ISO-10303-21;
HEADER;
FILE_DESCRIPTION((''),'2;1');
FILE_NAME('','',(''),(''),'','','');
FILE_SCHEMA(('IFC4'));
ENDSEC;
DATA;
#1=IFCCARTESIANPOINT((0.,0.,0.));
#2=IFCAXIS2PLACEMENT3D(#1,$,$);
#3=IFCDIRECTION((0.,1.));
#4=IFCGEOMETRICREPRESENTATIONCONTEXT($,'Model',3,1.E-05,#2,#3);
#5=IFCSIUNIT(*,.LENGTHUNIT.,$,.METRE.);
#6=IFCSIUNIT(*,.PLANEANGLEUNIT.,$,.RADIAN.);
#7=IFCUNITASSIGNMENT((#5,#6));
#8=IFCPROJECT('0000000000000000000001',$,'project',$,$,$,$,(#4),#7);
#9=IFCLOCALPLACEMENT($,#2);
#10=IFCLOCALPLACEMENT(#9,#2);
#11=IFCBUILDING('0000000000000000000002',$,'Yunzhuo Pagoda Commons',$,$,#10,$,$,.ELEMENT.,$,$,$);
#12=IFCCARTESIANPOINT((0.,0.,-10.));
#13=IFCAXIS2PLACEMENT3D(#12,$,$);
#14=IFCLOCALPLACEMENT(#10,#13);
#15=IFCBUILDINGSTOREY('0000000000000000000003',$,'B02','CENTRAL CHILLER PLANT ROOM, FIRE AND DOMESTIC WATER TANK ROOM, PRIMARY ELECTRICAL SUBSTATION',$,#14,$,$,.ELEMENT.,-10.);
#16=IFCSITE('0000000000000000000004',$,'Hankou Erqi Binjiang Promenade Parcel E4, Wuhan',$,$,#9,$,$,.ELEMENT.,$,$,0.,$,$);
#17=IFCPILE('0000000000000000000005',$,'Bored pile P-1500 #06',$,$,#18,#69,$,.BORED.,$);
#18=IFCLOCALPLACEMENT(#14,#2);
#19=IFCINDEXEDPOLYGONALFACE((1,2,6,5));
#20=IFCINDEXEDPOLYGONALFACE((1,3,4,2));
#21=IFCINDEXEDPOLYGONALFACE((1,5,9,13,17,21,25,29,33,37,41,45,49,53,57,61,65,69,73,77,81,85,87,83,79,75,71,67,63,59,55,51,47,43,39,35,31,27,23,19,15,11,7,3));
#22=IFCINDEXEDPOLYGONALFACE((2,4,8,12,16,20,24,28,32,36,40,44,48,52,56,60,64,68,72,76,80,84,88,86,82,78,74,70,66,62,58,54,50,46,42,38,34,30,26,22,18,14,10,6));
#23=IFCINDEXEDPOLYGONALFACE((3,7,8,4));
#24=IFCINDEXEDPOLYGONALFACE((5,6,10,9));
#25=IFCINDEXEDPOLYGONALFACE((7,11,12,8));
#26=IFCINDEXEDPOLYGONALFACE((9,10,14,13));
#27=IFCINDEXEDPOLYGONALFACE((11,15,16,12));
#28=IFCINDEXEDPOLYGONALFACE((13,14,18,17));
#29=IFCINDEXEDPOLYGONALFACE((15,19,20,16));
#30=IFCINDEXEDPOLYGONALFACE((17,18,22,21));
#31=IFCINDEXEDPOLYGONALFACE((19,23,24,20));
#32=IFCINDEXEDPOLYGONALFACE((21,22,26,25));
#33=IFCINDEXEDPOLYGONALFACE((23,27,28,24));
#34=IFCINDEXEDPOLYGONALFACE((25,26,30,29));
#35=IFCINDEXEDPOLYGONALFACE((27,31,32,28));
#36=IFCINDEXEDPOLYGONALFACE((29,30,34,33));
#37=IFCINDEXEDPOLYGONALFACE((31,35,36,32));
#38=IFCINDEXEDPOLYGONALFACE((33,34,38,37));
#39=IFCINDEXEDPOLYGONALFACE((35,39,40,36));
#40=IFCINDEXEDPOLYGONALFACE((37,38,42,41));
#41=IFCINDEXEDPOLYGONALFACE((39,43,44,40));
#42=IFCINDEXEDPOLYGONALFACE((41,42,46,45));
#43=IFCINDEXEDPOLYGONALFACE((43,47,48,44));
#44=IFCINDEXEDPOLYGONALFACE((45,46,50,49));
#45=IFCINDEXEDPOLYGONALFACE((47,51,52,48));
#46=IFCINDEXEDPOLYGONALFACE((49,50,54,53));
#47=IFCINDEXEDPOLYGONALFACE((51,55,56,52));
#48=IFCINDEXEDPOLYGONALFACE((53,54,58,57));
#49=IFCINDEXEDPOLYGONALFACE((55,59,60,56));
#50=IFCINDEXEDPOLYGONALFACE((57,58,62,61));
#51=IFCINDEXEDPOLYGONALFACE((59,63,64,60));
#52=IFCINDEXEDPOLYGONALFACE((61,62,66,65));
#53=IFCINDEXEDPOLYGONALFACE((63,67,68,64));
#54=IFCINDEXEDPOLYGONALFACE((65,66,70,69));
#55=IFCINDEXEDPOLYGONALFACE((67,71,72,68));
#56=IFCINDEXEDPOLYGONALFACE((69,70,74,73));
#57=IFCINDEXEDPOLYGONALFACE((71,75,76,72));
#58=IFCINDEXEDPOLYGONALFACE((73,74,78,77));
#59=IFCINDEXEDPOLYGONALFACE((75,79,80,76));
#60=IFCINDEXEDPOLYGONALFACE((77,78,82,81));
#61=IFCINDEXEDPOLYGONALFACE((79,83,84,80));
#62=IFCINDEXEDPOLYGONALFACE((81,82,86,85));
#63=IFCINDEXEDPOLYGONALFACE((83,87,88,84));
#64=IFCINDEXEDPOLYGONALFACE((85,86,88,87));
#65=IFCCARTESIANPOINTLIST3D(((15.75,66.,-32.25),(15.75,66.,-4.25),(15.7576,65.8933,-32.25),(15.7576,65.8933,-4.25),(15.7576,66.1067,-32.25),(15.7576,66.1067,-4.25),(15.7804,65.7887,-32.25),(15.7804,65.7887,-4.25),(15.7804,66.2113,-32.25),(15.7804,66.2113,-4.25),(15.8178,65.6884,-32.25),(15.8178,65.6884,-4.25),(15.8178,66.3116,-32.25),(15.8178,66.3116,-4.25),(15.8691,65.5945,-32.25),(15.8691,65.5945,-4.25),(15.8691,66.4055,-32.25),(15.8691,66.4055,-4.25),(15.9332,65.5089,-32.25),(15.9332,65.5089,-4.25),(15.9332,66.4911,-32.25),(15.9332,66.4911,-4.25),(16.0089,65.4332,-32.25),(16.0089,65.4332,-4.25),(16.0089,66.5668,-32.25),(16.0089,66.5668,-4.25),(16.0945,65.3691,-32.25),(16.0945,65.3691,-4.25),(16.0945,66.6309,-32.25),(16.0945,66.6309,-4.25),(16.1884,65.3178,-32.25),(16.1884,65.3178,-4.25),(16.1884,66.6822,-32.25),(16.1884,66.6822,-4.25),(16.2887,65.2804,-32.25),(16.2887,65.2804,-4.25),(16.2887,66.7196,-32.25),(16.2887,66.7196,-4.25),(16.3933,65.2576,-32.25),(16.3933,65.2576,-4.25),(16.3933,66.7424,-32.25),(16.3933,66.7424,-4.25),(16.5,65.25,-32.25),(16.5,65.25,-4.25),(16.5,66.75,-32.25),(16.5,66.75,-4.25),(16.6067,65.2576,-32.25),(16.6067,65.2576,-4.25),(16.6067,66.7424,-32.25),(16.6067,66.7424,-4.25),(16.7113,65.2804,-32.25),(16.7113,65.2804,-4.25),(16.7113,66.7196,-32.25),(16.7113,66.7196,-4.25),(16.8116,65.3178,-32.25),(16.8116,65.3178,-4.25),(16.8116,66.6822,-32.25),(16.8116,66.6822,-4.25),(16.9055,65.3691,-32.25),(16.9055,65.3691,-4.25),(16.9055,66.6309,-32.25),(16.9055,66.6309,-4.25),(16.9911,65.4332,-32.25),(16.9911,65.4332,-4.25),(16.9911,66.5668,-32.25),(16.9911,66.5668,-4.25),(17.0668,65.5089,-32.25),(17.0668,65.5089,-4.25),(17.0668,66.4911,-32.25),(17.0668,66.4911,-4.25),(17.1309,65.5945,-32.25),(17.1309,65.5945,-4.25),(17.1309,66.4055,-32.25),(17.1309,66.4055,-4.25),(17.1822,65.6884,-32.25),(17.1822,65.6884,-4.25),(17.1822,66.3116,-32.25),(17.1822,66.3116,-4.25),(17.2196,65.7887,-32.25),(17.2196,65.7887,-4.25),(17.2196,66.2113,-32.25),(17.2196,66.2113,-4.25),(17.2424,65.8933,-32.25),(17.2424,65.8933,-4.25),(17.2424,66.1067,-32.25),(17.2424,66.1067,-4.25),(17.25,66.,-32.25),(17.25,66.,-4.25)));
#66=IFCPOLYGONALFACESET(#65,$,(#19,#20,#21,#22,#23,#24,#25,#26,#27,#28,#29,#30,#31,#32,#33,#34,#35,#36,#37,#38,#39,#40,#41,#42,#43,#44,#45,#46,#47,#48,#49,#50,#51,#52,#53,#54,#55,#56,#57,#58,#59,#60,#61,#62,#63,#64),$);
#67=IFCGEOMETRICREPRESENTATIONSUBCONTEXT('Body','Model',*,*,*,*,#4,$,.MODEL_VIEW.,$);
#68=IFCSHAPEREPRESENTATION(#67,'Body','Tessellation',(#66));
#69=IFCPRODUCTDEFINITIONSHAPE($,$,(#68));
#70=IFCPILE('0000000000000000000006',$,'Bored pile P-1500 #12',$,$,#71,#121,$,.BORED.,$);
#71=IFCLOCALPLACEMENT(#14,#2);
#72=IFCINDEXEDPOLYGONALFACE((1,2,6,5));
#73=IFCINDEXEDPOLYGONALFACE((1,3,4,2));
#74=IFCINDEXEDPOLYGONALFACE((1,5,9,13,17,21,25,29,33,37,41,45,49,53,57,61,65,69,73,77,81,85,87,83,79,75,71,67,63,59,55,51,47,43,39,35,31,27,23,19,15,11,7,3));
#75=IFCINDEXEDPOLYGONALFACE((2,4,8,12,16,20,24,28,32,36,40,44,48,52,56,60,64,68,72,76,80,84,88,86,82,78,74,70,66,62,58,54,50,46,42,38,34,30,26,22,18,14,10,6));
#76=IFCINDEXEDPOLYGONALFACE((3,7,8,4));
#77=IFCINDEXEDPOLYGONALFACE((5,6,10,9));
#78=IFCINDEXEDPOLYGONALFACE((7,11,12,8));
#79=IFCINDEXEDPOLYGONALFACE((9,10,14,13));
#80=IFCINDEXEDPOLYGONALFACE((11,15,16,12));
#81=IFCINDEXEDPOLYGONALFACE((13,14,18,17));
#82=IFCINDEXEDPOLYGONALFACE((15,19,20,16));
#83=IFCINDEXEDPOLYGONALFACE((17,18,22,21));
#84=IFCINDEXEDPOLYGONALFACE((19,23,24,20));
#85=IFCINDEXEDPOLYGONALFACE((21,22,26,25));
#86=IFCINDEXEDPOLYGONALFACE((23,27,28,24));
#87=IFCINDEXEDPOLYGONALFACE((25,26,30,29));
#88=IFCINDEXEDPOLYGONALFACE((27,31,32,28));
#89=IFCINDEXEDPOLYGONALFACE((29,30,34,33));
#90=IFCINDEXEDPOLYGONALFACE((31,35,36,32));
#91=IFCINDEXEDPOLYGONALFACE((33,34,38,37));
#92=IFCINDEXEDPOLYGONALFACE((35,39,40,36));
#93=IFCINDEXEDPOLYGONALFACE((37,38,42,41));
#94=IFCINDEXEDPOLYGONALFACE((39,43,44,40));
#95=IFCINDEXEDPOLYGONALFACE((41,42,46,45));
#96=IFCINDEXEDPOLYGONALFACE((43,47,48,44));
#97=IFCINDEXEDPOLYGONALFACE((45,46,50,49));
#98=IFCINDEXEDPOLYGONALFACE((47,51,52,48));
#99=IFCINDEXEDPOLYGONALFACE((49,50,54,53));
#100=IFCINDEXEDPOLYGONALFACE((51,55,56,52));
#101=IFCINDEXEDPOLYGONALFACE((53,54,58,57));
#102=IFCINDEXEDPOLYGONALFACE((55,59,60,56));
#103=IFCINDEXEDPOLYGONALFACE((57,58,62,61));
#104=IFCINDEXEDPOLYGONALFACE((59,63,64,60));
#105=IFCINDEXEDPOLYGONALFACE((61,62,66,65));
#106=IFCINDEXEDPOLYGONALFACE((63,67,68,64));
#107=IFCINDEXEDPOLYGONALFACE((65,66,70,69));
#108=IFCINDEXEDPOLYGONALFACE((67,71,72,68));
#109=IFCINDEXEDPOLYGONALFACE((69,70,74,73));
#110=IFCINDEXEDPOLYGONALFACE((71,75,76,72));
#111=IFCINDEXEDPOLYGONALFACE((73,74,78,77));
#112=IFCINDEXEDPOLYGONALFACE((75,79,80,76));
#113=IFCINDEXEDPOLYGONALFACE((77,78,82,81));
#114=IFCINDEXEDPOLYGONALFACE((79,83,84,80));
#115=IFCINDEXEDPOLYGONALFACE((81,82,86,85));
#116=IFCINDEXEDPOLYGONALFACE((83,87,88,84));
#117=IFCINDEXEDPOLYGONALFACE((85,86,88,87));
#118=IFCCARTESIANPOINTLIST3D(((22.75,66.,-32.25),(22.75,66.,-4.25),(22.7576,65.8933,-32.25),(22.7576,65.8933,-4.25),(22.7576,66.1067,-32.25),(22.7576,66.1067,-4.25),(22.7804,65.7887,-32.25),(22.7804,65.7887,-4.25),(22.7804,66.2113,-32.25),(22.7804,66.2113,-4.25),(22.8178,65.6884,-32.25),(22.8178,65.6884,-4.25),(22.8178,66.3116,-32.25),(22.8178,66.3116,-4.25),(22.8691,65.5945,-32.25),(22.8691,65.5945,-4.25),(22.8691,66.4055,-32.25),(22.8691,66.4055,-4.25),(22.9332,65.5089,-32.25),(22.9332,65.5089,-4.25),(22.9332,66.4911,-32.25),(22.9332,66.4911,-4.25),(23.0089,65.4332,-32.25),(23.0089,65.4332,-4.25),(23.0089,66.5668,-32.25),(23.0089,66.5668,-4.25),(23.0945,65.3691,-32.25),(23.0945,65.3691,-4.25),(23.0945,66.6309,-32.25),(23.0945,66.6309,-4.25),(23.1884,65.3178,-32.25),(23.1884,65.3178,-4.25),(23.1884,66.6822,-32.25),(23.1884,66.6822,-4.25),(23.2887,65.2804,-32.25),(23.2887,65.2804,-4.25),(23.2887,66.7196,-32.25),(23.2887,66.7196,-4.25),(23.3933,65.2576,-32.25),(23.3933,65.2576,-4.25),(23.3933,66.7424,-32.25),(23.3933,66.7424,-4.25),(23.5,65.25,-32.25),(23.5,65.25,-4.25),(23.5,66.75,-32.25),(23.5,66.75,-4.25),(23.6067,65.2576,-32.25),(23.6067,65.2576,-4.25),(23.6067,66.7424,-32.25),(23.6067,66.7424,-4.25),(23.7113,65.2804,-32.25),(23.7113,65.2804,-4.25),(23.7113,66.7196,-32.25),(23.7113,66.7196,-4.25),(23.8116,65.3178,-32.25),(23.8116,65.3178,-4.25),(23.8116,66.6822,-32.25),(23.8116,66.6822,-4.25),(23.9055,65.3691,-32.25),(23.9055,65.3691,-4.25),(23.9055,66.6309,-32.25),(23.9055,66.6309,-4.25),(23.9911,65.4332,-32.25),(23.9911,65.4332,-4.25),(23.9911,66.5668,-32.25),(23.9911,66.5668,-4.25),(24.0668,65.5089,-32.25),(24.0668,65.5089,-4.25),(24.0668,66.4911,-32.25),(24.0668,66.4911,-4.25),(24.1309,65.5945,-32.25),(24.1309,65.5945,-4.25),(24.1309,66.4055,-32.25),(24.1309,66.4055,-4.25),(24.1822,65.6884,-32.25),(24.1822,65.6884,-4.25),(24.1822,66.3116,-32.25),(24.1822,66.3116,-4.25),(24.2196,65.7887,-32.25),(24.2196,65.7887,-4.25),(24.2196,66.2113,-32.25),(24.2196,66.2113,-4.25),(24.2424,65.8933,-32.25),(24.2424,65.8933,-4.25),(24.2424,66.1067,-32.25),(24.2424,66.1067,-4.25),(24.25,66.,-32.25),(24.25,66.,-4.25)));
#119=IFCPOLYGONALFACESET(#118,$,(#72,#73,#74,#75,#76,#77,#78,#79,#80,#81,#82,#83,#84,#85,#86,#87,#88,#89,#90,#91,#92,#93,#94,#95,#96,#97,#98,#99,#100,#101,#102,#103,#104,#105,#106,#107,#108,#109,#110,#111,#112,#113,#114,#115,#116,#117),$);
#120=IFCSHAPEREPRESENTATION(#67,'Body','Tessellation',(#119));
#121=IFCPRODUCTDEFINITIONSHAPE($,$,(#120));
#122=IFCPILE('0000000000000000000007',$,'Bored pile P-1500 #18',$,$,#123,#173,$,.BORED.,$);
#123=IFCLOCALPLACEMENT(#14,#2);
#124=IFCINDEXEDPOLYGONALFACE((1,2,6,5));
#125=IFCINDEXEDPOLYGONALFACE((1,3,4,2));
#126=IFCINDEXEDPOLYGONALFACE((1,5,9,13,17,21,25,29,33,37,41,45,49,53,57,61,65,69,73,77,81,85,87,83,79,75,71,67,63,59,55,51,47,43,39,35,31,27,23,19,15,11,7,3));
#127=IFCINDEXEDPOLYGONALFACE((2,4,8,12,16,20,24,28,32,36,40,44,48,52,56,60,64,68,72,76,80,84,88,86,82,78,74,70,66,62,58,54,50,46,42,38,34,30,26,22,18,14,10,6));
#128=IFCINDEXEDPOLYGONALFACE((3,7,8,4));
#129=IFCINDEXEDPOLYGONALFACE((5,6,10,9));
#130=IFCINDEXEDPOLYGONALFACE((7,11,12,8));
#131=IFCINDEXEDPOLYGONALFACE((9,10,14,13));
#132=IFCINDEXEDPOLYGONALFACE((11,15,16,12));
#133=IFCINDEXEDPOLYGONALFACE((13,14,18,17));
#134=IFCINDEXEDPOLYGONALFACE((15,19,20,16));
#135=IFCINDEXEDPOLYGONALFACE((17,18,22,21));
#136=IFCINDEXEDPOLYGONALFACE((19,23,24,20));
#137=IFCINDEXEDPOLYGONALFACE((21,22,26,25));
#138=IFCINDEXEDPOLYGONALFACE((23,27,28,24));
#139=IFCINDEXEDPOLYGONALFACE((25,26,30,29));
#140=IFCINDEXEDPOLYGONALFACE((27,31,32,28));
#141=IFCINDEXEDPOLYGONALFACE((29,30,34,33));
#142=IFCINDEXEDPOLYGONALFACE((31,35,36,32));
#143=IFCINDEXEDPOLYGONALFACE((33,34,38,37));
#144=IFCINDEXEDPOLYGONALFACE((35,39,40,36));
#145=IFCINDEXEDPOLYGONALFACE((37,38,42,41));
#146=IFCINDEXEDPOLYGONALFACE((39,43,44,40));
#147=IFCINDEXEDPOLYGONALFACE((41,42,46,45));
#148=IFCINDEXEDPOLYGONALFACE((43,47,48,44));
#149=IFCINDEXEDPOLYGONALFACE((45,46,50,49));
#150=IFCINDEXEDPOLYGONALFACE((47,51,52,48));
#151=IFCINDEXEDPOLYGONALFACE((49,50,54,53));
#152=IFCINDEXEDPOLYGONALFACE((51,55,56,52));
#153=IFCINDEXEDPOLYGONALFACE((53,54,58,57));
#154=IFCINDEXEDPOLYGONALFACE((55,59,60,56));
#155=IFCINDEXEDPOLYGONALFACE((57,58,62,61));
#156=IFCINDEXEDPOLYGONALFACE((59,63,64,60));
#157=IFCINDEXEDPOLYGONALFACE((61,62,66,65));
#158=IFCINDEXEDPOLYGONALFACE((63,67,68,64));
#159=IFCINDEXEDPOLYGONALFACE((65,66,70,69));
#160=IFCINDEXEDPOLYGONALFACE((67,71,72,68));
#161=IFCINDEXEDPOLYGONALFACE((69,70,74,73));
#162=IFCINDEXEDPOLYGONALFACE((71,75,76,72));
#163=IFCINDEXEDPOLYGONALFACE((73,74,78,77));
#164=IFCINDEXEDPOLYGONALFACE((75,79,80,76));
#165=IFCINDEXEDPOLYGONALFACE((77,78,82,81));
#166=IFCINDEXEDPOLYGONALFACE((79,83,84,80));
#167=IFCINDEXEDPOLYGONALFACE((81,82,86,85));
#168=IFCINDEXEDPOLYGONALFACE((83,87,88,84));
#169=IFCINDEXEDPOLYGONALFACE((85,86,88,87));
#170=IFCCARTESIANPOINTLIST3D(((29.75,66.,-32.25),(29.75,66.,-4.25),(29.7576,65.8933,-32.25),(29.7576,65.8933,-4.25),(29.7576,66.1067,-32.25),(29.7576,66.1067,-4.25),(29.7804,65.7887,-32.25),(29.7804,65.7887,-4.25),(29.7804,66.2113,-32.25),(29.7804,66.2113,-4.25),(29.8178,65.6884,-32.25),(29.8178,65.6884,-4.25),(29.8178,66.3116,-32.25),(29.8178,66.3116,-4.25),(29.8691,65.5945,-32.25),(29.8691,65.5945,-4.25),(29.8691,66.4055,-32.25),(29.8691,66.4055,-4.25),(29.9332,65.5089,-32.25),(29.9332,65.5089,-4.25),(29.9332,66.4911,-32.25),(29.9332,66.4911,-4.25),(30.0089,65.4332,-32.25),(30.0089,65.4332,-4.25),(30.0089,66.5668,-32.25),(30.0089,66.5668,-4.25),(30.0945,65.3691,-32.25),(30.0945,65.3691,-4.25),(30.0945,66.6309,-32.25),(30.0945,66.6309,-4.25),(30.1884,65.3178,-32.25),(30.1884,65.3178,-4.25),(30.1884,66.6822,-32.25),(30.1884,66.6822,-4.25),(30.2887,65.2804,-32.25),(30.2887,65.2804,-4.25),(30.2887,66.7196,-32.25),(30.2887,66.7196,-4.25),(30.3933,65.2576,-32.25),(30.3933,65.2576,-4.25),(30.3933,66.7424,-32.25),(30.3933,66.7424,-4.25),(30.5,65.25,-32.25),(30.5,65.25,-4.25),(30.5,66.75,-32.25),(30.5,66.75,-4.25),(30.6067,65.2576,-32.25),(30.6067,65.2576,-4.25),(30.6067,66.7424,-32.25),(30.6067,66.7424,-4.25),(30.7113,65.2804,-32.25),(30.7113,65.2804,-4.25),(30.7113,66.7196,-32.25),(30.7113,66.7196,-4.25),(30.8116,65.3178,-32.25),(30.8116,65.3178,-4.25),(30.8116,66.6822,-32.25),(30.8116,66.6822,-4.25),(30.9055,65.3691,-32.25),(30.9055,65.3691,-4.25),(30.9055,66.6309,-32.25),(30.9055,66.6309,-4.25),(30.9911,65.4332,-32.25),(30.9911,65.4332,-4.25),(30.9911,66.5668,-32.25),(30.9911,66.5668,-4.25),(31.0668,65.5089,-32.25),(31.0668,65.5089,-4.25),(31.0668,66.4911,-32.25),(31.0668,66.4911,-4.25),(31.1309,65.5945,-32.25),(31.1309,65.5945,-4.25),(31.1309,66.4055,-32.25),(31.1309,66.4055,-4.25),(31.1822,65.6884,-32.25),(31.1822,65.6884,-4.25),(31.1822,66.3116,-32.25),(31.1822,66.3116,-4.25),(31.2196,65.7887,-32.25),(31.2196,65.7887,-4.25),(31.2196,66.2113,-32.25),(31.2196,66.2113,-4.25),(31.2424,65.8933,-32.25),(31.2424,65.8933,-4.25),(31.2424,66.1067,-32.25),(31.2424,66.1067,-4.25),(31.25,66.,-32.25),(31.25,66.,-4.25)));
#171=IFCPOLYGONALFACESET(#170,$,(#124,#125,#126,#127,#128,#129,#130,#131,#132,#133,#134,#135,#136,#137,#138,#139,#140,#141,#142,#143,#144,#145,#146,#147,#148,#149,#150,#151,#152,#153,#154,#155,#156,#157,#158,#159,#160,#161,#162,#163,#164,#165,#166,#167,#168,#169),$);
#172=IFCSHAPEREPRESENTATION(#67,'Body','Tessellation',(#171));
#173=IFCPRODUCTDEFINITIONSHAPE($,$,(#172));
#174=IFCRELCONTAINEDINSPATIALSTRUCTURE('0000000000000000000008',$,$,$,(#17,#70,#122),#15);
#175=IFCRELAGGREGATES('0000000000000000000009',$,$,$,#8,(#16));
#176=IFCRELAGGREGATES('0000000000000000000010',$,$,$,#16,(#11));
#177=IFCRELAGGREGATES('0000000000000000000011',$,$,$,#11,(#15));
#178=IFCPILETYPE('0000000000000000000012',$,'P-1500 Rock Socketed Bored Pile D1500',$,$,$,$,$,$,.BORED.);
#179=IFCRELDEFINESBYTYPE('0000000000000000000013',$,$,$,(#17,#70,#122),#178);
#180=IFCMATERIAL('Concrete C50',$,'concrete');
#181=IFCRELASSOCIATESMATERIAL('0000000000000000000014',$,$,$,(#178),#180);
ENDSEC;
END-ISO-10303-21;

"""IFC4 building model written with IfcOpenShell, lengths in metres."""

from ifc_helpers import new_model, si_unit, direction, frame, origin, origin_2d, place, context, subcontext, project, spatial, circle, extrude, source, transform, mapped, material, material_profile, profile_set, type_object, element, save


model = new_model("IFC4")

# Units and contexts
model_context = context("Model", 3, precision=1e-05, world=origin(), true_north=direction((0.0, 1.0)))
body_context = subcontext(model_context, "Body", "Model", "MODEL_VIEW")
ifc_project = project(units=[si_unit("LENGTHUNIT", "METRE"), si_unit("PLANEANGLEUNIT", "RADIAN")], contexts=[model_context])

# Site, building, storey
site_placement = place(None, origin())
site = spatial("IfcSite", under=ifc_project, at=site_placement, Name="Hankou Erqi Binjiang Promenade Parcel E4, Wuhan", CompositionType="ELEMENT", RefElevation=0.0)
building_placement = place(site_placement, origin())
building = spatial("IfcBuilding", under=site, at=building_placement, Name="Yunzhuo Pagoda Commons", CompositionType="ELEMENT")
storey_placement = place(building_placement, frame((0.0, 0.0, -10.0)))
storey = spatial("IfcBuildingStorey", under=building, at=storey_placement, Name="B02", Description="CENTRAL CHILLER PLANT ROOM, FIRE AND DOMESTIC WATER TANK ROOM, PRIMARY ELECTRICAL SUBSTATION", CompositionType="ELEMENT", Elevation=-10.0)

# Piles
ifc_material_1 = material(Name="Concrete C50", Category="concrete")
ifc_material_profile_1 = material_profile(ifc_material_1, circle(Radius=0.75, at=origin_2d()), Name="Concrete C50")
ifc_profile_set_1 = profile_set([ifc_material_profile_1], Name="Concrete C50")
pile_type_1 = type_object("IfcPileType", Name="P-1500 Rock Socketed Bored Pile D1500", PredefinedType="BORED", material=ifc_profile_set_1)
shared_shape_1 = source(origin(), body_context, "Body", "SweptSolid", [
    extrude(circle(Radius=0.75, at=origin_2d()), origin(), (0.0, 0.0, 1.0), 28.0),
])
for number, where, z_axis, x_axis, name in (
    (1, (16.5, 66.0, -4.25), (0.0, 0.0, -1.0), (1.0, 0.0, 0.0), "Bored pile P-1500 #06"),
    (2, (23.5, 66.0, -4.25), (0.0, 0.0, -1.0), (1.0, 0.0, 0.0), "Bored pile P-1500 #12"),
    (3, (30.5, 66.0, -4.25), (0.0, 0.0, -1.0), (1.0, 0.0, 0.0), "Bored pile P-1500 #18"),
):
    element("IfcPile", number, at=place(storey_placement, frame(where, z_axis=z_axis, x_axis=x_axis)), inside=storey, type_object=pile_type_1, Name=name, PredefinedType="BORED", context=body_context, shape_type="MappedRepresentation", body=[
        mapped(shared_shape_1, transform((0.0, 0.0, 0.0), scale=1.0)),
    ])

save(model, "model.ifc")
